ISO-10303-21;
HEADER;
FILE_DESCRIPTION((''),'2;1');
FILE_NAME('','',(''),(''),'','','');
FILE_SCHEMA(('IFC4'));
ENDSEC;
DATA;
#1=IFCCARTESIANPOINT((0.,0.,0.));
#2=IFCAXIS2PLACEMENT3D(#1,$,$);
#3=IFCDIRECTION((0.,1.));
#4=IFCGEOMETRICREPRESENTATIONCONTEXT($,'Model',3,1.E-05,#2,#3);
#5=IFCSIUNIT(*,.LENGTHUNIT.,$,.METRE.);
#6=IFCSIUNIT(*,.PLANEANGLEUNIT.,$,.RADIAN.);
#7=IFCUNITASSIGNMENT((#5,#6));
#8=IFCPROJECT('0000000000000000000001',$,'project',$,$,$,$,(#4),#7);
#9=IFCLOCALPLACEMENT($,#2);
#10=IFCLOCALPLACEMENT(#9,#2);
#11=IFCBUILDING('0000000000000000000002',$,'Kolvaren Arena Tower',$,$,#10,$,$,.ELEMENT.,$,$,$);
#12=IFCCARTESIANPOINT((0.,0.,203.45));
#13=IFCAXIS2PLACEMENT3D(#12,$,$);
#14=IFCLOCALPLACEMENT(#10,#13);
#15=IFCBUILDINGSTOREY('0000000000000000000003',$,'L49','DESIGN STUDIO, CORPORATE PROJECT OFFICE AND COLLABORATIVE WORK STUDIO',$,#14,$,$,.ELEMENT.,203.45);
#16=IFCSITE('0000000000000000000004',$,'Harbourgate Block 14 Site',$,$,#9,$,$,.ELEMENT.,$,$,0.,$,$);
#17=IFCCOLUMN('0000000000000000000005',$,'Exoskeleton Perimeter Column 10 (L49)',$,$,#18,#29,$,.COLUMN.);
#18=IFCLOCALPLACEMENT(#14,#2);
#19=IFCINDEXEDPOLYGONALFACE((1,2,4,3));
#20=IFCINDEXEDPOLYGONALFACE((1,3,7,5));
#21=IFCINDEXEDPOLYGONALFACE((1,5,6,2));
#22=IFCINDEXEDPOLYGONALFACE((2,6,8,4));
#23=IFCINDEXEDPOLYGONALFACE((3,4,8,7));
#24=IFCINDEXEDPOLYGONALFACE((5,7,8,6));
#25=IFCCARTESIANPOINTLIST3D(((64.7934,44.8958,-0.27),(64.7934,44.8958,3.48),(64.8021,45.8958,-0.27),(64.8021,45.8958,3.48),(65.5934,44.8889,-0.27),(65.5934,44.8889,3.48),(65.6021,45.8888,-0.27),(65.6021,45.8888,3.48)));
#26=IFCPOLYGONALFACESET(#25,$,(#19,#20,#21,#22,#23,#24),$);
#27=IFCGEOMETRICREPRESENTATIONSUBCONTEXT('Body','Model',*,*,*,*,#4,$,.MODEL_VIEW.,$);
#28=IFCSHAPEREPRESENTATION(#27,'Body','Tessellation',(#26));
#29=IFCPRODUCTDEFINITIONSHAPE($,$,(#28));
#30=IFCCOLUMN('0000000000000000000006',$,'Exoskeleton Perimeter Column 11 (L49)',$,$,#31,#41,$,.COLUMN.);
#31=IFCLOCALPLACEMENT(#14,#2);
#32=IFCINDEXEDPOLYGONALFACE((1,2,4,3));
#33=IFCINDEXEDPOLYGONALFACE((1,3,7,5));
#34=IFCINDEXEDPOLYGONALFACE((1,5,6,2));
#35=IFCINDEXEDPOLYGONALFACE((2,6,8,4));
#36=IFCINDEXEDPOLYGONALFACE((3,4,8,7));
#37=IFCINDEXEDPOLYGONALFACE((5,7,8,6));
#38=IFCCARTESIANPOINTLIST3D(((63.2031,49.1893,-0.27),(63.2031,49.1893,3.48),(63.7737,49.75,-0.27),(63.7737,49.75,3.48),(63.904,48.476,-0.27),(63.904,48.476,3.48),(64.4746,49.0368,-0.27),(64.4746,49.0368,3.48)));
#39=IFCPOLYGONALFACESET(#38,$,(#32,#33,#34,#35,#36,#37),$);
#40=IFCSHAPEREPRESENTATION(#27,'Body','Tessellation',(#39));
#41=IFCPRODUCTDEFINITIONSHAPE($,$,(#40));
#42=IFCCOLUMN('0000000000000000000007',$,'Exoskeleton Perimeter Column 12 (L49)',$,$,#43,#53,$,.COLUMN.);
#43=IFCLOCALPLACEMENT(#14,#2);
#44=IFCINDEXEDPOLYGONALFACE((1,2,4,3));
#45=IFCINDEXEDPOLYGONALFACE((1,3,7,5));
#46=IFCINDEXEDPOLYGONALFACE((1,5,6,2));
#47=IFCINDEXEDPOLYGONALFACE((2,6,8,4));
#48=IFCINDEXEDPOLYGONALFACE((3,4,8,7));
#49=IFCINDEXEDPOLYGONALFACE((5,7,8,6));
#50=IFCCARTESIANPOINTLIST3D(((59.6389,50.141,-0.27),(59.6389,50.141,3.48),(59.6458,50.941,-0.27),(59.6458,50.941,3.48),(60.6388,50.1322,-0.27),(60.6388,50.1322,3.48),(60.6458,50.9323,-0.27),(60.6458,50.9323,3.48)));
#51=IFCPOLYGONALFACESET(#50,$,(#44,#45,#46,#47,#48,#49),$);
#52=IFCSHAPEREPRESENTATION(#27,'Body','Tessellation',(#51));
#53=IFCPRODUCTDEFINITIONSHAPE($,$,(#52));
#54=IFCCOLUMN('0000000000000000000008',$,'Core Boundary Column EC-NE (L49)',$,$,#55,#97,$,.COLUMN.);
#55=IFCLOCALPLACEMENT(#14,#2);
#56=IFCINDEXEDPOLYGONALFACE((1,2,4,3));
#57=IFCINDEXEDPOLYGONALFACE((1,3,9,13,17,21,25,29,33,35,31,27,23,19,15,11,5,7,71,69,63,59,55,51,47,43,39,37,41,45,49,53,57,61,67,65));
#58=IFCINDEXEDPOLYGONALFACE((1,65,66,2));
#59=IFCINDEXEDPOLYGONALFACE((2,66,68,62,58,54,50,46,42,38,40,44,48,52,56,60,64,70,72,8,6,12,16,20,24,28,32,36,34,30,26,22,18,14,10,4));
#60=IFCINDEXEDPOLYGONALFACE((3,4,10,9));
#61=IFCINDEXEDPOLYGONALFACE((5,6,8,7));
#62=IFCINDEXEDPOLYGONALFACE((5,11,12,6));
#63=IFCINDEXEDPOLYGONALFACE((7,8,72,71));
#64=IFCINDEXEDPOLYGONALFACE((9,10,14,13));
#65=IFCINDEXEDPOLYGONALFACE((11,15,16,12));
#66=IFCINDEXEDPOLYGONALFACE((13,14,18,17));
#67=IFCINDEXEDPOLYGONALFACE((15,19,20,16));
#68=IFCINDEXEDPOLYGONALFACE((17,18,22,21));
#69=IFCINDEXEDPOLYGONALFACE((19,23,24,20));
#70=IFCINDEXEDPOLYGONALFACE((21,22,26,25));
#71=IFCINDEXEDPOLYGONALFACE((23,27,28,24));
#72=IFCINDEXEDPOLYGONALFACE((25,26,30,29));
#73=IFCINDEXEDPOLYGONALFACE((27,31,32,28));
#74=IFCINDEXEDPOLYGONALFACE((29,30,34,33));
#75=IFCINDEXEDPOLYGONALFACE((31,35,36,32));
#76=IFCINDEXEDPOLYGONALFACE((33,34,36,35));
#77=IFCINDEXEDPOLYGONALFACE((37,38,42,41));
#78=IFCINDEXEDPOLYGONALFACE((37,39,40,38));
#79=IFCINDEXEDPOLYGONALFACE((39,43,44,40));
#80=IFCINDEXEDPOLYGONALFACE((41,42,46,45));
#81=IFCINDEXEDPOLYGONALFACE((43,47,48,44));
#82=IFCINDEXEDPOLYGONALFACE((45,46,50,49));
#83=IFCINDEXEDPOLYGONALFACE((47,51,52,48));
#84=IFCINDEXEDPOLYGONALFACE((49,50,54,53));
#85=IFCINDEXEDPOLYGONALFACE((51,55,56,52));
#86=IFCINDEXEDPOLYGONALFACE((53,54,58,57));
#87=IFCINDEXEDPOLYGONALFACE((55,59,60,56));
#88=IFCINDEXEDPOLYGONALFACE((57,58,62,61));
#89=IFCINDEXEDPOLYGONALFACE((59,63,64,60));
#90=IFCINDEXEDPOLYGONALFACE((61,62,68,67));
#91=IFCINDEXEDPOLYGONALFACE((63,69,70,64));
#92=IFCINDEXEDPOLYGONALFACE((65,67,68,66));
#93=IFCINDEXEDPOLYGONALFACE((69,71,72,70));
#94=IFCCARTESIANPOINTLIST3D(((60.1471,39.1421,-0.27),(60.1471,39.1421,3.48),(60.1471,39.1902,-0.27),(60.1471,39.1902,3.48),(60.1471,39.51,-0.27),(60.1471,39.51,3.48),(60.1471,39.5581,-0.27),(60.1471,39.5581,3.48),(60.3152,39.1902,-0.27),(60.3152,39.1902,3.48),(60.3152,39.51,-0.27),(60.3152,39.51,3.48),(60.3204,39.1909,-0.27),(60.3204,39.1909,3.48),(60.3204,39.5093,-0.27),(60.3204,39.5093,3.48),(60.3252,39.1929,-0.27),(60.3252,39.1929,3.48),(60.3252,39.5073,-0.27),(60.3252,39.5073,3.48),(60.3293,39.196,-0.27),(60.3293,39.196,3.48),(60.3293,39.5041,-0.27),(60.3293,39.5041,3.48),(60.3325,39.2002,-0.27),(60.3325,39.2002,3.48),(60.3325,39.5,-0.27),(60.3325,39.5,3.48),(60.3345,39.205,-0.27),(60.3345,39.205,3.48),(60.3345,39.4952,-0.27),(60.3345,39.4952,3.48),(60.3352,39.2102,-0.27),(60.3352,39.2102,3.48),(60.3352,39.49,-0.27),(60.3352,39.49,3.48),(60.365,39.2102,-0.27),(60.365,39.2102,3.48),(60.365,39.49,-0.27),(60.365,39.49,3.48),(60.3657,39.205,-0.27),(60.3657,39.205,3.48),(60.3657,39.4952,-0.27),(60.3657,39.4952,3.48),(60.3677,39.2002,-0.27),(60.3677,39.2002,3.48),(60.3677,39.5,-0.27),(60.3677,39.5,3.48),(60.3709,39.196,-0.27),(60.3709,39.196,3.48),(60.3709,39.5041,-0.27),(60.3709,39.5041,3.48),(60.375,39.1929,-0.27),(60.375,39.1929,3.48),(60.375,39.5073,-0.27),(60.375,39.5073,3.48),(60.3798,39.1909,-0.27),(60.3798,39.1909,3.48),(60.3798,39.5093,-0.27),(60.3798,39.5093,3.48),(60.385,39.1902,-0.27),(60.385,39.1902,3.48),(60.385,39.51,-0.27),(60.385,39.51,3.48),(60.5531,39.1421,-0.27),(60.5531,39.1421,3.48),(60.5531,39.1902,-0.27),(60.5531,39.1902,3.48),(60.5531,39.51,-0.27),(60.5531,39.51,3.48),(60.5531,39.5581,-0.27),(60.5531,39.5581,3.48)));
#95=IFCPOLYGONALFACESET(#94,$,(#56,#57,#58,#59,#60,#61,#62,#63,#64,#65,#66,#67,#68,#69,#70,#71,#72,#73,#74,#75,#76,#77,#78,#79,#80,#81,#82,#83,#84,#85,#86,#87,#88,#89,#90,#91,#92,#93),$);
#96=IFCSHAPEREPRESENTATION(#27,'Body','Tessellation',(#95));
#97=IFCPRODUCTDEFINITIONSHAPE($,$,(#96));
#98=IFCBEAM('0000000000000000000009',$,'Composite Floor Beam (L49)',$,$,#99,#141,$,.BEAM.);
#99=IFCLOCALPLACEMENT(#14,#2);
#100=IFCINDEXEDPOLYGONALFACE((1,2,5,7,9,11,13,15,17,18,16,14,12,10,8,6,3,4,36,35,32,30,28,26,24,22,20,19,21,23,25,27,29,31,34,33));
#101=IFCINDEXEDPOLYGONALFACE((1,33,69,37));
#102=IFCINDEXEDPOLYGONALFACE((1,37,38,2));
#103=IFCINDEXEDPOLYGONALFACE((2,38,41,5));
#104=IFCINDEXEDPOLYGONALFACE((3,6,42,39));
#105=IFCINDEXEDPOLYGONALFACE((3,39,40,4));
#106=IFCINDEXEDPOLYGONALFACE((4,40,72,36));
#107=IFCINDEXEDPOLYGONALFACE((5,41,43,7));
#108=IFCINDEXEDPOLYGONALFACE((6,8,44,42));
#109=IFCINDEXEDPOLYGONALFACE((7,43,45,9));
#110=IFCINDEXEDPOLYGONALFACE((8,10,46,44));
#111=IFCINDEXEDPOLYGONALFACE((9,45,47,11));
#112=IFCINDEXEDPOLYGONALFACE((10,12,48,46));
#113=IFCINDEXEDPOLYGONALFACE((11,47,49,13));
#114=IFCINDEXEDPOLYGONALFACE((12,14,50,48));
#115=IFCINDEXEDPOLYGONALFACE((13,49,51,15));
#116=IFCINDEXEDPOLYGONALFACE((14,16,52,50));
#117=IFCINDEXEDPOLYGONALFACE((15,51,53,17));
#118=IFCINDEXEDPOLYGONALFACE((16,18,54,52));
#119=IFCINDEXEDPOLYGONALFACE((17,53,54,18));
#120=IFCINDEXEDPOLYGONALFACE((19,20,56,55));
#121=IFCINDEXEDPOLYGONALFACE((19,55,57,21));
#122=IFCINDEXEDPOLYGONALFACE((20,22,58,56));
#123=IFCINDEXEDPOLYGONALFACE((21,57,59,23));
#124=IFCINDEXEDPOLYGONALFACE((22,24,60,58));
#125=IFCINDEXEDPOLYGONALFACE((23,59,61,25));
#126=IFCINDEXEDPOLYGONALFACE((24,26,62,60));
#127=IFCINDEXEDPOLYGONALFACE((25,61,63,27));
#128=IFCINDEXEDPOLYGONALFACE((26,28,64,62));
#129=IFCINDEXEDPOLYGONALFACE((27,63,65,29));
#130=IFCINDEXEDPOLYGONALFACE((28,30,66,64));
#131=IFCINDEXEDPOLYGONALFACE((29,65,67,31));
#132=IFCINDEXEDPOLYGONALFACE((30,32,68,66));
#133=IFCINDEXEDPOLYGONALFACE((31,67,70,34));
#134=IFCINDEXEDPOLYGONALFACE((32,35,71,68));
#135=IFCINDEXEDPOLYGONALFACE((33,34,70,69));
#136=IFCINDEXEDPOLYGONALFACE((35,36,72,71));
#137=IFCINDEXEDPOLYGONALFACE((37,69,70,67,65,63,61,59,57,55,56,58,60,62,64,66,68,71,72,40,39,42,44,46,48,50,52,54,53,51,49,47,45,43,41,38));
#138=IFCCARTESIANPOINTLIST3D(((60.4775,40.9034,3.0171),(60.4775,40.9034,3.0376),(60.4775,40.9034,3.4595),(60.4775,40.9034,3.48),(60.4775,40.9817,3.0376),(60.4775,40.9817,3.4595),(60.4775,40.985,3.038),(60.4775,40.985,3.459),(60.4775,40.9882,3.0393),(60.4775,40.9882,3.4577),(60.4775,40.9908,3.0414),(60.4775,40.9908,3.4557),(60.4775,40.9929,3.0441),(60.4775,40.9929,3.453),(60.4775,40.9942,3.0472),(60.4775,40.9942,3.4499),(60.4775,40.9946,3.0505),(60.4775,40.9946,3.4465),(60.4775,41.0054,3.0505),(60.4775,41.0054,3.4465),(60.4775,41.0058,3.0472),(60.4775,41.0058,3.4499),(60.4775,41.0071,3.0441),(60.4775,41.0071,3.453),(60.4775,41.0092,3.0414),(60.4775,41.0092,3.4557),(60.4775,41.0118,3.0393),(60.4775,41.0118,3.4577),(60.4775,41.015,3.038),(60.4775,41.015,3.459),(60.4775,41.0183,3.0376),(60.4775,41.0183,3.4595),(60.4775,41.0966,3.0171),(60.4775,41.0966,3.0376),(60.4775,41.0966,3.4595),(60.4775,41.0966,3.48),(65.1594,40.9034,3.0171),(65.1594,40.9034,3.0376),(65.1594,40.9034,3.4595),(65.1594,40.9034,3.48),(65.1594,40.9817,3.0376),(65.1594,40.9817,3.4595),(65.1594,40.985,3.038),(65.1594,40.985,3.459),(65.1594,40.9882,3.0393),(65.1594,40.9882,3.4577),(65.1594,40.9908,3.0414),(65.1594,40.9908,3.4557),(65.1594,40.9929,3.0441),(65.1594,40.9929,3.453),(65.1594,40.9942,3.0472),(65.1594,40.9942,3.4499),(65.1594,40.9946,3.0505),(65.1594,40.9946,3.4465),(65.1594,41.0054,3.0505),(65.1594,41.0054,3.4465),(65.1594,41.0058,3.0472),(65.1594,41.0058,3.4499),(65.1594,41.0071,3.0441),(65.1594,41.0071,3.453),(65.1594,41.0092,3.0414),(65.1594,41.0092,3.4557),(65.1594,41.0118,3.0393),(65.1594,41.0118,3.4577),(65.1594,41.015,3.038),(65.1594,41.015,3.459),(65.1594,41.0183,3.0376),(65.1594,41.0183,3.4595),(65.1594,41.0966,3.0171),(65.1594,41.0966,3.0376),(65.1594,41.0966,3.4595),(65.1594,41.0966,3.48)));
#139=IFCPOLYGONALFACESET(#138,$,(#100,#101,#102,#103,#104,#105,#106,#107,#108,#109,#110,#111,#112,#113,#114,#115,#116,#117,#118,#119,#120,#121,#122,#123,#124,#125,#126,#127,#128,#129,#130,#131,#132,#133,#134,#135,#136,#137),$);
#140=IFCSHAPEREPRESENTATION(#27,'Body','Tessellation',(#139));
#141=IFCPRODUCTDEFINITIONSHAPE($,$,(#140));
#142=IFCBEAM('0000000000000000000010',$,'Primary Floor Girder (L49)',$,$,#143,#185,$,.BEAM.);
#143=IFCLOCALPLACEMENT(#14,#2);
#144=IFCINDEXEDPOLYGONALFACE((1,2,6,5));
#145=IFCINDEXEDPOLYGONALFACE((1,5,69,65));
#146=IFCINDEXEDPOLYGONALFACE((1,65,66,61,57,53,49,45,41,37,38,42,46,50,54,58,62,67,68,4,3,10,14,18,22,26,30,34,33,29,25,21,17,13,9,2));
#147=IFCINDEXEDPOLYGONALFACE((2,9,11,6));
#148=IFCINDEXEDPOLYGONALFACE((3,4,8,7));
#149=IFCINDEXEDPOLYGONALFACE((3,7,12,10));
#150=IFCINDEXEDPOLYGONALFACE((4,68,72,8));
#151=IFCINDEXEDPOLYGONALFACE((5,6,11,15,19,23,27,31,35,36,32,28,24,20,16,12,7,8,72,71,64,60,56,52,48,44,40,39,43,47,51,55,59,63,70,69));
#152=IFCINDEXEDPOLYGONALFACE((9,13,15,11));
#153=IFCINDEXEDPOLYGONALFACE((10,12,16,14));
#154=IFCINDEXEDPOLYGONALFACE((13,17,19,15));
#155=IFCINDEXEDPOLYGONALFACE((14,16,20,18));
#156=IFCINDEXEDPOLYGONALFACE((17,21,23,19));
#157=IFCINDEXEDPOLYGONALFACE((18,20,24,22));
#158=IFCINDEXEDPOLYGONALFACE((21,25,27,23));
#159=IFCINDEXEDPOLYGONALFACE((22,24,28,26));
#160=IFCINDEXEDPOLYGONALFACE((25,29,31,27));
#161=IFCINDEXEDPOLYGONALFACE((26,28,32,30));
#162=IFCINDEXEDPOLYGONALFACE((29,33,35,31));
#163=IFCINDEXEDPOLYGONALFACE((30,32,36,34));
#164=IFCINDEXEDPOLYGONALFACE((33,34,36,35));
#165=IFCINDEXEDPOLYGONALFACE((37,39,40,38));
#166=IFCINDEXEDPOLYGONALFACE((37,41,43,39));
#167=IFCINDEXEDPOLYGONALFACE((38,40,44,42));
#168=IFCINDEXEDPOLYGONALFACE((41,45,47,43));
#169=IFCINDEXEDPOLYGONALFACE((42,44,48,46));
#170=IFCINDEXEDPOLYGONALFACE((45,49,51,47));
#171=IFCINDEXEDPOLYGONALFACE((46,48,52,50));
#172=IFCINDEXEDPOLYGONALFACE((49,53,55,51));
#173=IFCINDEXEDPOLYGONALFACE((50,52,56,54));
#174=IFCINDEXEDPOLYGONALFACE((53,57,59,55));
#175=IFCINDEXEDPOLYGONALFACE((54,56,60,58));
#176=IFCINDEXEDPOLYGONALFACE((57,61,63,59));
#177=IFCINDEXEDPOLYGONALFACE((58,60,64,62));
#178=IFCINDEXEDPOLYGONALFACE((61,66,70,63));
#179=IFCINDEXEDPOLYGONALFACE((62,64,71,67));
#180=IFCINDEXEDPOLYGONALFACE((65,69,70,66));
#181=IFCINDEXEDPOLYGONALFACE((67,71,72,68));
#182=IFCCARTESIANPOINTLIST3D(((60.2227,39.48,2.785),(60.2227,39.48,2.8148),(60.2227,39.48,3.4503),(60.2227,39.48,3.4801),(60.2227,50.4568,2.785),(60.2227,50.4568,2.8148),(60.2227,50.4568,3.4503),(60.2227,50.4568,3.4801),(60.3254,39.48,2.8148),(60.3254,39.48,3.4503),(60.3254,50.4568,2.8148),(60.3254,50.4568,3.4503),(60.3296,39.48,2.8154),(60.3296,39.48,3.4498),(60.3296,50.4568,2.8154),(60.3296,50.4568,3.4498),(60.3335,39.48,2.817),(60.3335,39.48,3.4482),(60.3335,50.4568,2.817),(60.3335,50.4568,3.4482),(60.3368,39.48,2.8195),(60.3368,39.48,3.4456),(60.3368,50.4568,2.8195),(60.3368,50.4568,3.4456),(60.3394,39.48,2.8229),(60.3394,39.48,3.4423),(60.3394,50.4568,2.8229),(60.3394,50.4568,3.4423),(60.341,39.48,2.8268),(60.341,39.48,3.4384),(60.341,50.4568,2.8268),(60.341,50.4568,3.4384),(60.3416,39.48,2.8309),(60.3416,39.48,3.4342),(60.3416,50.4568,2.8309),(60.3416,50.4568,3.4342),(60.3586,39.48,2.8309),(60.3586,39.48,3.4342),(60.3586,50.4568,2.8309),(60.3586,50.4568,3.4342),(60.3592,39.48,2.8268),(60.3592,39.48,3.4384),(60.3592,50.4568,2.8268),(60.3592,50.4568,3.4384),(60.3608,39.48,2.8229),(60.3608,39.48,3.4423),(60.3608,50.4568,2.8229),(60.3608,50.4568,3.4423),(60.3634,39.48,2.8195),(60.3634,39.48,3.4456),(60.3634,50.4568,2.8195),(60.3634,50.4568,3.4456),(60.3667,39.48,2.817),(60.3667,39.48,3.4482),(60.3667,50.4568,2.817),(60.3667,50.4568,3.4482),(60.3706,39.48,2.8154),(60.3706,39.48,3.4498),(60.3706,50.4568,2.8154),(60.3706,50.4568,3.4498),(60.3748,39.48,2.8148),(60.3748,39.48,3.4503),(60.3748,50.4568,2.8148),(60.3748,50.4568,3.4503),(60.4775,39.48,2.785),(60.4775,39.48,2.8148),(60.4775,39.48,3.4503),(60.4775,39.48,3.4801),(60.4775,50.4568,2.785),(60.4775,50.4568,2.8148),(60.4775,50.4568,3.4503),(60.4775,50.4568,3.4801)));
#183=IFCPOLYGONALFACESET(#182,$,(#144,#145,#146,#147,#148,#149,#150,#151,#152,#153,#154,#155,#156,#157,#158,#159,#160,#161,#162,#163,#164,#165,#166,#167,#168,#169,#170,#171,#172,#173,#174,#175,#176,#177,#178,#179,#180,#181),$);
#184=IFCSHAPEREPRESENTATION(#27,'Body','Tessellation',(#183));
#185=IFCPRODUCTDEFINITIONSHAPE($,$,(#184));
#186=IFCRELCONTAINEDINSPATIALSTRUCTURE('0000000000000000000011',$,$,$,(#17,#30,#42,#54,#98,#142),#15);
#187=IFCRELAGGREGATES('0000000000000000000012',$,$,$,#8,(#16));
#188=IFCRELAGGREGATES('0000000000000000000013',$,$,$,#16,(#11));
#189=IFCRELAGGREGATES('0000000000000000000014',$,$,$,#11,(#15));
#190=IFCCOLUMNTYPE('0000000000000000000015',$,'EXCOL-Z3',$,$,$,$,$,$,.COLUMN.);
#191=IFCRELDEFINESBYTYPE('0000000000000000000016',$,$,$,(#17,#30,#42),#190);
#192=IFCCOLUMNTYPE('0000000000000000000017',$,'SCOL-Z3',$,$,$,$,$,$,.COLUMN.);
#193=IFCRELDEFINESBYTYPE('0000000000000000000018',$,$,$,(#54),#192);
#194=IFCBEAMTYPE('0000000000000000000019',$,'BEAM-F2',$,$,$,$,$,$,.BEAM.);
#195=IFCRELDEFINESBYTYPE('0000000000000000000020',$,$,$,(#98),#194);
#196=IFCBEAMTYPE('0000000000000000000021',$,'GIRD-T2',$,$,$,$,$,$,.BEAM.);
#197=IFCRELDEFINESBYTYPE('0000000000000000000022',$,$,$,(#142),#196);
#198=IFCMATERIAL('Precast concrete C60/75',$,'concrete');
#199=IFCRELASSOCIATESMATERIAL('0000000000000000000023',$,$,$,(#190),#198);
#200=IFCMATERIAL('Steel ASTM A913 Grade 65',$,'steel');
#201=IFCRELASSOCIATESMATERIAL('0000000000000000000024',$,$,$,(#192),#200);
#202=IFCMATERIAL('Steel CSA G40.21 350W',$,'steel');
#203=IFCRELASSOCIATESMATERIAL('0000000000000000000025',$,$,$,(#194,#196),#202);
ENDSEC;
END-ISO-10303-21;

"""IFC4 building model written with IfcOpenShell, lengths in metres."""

from ifc_helpers import new_model, si_unit, direction, frame, origin, origin_2d, place, context, subcontext, project, spatial, rectangle, i_section, extrude, material, material_profile, profile_set, type_object, element, save


model = new_model("IFC4")

# Units and contexts
model_context = context("Model", 3, precision=1e-05, world=origin(), true_north=direction((0.0, 1.0)))
body_context = subcontext(model_context, "Body", "Model", "MODEL_VIEW")
ifc_project = project(units=[si_unit("LENGTHUNIT", "METRE"), si_unit("PLANEANGLEUNIT", "RADIAN")], contexts=[model_context])

# Site, building, storey
site_placement = place(None, origin())
site = spatial("IfcSite", under=ifc_project, at=site_placement, Name="Harbourgate Block 14 Site", CompositionType="ELEMENT", RefElevation=0.0)
building_placement = place(site_placement, origin())
building = spatial("IfcBuilding", under=site, at=building_placement, Name="Kolvaren Arena Tower", CompositionType="ELEMENT")
storey_placement = place(building_placement, frame((0.0, 0.0, 203.45)))
storey = spatial("IfcBuildingStorey", under=building, at=storey_placement, Name="L49", Description="DESIGN STUDIO, CORPORATE PROJECT OFFICE AND COLLABORATIVE WORK STUDIO", CompositionType="ELEMENT", Elevation=203.45)

# Columns
ifc_material_1 = material(Name="Precast concrete C60/75", Category="concrete")
ifc_material_profile_1 = material_profile(ifc_material_1, rectangle(XDim=1.0, YDim=0.8, at=origin_2d()), Name="RC-1000x800")
ifc_profile_set_1 = profile_set([ifc_material_profile_1], Name="Precast concrete C60/75")
column_type_1 = type_object("IfcColumnType", Name="EXCOL-Z3", PredefinedType="COLUMN", material=ifc_profile_set_1)
for number, where, z_axis, x_axis, name in (
    (1, (65.1978, 45.3923, -0.27), (0.0, 0.0, 1.0), (0.008727, 0.999962, 0.0), "Exoskeleton Perimeter Column 10 (L49)"),
    (2, (63.8389, 49.113, -0.27), (0.0, 0.0, 1.0), (-0.700909, 0.71325, 0.0), "Exoskeleton Perimeter Column 11 (L49)"),
    (3, (60.1423, 50.5366, -0.27), (0.0, 0.0, 1.0), (0.999962, -0.008727, 0.0), "Exoskeleton Perimeter Column 12 (L49)"),
):
    element("IfcColumn", number, at=place(storey_placement, frame(where, z_axis=z_axis, x_axis=x_axis)), inside=storey, type_object=column_type_1, Name=name, PredefinedType="COLUMN", context=body_context, shape_type="SweptSolid", body=[
        extrude(rectangle(XDim=1.0, YDim=0.8, at=origin_2d()), origin(), (0.0, 0.0, 1.0), 3.75),
    ])
ifc_material_2 = material(Name="Steel ASTM A913 Grade 65", Category="steel")
ifc_material_profile_2 = material_profile(ifc_material_2, i_section(OverallWidth=0.406, OverallDepth=0.416, WebThickness=0.0298, FlangeThickness=0.0481, FilletRadius=0.02, at=origin_2d()), Name="W360x382")
ifc_profile_set_2 = profile_set([ifc_material_profile_2], Name="Steel ASTM A913 Grade 65")
column_type_2 = type_object("IfcColumnType", Name="SCOL-Z3", PredefinedType="COLUMN", material=ifc_profile_set_2)
column_placement = place(storey_placement, frame((60.3501, 39.3501, -0.27), z_axis=(0.0, 0.0, 1.0), x_axis=(1.0, 0.0, 0.0)))
element("IfcColumn", 4, at=column_placement, inside=storey, type_object=column_type_2, Name="Core Boundary Column EC-NE (L49)", PredefinedType="COLUMN", context=body_context, shape_type="SweptSolid", body=[
    extrude(i_section(OverallWidth=0.406, OverallDepth=0.416, WebThickness=0.0298, FlangeThickness=0.0481, FilletRadius=0.02, at=origin_2d()), origin(), (0.0, 0.0, 1.0), 3.75),
])

# Beams
ifc_material_3 = material(Name="Steel CSA G40.21 350W", Category="steel")
ifc_material_profile_3 = material_profile(ifc_material_3, i_section(OverallWidth=0.1931, OverallDepth=0.4629, WebThickness=0.0107, FlangeThickness=0.0205, FilletRadius=0.0129, at=origin_2d()), Name="W460x113")
ifc_profile_set_3 = profile_set([ifc_material_profile_3], Name="Steel CSA G40.21 350W")
beam_type_1 = type_object("IfcBeamType", Name="BEAM-F2", PredefinedType="BEAM", material=ifc_profile_set_3)
beam_1_placement = place(storey_placement, frame((60.4775, 41.0, 3.2485), z_axis=(1.0, 0.0, 0.0), x_axis=(0.0, 1.0, 0.0)))
element("IfcBeam", 5, at=beam_1_placement, inside=storey, type_object=beam_type_1, Name="Composite Floor Beam (L49)", PredefinedType="BEAM", context=body_context, shape_type="SweptSolid", body=[
    extrude(i_section(OverallWidth=0.1931, OverallDepth=0.4629, WebThickness=0.0107, FlangeThickness=0.0205, FilletRadius=0.0129, at=origin_2d()), origin(), (0.0, 0.0, 1.0), 4.6819),
])
ifc_material_profile_4 = material_profile(ifc_material_3, i_section(OverallWidth=0.2549, OverallDepth=0.6951, WebThickness=0.0171, FlangeThickness=0.0298, FilletRadius=0.0161, at=origin_2d()), Name="W690x217")
ifc_profile_set_4 = profile_set([ifc_material_profile_4], Name="Steel CSA G40.21 350W")
beam_type_2 = type_object("IfcBeamType", Name="GIRD-T2", PredefinedType="BEAM", material=ifc_profile_set_4)
beam_2_placement = place(storey_placement, frame((60.3501, 39.48, 3.1326), z_axis=(0.0, 1.0, 0.0), x_axis=(-1.0, 0.0, 0.0)))
element("IfcBeam", 6, at=beam_2_placement, inside=storey, type_object=beam_type_2, Name="Primary Floor Girder (L49)", PredefinedType="BEAM", context=body_context, shape_type="SweptSolid", body=[
    extrude(i_section(OverallWidth=0.2549, OverallDepth=0.6951, WebThickness=0.0171, FlangeThickness=0.0298, FilletRadius=0.0161, at=origin_2d()), origin(), (0.0, 0.0, 1.0), 10.9768),
])

save(model, "model.ifc")
